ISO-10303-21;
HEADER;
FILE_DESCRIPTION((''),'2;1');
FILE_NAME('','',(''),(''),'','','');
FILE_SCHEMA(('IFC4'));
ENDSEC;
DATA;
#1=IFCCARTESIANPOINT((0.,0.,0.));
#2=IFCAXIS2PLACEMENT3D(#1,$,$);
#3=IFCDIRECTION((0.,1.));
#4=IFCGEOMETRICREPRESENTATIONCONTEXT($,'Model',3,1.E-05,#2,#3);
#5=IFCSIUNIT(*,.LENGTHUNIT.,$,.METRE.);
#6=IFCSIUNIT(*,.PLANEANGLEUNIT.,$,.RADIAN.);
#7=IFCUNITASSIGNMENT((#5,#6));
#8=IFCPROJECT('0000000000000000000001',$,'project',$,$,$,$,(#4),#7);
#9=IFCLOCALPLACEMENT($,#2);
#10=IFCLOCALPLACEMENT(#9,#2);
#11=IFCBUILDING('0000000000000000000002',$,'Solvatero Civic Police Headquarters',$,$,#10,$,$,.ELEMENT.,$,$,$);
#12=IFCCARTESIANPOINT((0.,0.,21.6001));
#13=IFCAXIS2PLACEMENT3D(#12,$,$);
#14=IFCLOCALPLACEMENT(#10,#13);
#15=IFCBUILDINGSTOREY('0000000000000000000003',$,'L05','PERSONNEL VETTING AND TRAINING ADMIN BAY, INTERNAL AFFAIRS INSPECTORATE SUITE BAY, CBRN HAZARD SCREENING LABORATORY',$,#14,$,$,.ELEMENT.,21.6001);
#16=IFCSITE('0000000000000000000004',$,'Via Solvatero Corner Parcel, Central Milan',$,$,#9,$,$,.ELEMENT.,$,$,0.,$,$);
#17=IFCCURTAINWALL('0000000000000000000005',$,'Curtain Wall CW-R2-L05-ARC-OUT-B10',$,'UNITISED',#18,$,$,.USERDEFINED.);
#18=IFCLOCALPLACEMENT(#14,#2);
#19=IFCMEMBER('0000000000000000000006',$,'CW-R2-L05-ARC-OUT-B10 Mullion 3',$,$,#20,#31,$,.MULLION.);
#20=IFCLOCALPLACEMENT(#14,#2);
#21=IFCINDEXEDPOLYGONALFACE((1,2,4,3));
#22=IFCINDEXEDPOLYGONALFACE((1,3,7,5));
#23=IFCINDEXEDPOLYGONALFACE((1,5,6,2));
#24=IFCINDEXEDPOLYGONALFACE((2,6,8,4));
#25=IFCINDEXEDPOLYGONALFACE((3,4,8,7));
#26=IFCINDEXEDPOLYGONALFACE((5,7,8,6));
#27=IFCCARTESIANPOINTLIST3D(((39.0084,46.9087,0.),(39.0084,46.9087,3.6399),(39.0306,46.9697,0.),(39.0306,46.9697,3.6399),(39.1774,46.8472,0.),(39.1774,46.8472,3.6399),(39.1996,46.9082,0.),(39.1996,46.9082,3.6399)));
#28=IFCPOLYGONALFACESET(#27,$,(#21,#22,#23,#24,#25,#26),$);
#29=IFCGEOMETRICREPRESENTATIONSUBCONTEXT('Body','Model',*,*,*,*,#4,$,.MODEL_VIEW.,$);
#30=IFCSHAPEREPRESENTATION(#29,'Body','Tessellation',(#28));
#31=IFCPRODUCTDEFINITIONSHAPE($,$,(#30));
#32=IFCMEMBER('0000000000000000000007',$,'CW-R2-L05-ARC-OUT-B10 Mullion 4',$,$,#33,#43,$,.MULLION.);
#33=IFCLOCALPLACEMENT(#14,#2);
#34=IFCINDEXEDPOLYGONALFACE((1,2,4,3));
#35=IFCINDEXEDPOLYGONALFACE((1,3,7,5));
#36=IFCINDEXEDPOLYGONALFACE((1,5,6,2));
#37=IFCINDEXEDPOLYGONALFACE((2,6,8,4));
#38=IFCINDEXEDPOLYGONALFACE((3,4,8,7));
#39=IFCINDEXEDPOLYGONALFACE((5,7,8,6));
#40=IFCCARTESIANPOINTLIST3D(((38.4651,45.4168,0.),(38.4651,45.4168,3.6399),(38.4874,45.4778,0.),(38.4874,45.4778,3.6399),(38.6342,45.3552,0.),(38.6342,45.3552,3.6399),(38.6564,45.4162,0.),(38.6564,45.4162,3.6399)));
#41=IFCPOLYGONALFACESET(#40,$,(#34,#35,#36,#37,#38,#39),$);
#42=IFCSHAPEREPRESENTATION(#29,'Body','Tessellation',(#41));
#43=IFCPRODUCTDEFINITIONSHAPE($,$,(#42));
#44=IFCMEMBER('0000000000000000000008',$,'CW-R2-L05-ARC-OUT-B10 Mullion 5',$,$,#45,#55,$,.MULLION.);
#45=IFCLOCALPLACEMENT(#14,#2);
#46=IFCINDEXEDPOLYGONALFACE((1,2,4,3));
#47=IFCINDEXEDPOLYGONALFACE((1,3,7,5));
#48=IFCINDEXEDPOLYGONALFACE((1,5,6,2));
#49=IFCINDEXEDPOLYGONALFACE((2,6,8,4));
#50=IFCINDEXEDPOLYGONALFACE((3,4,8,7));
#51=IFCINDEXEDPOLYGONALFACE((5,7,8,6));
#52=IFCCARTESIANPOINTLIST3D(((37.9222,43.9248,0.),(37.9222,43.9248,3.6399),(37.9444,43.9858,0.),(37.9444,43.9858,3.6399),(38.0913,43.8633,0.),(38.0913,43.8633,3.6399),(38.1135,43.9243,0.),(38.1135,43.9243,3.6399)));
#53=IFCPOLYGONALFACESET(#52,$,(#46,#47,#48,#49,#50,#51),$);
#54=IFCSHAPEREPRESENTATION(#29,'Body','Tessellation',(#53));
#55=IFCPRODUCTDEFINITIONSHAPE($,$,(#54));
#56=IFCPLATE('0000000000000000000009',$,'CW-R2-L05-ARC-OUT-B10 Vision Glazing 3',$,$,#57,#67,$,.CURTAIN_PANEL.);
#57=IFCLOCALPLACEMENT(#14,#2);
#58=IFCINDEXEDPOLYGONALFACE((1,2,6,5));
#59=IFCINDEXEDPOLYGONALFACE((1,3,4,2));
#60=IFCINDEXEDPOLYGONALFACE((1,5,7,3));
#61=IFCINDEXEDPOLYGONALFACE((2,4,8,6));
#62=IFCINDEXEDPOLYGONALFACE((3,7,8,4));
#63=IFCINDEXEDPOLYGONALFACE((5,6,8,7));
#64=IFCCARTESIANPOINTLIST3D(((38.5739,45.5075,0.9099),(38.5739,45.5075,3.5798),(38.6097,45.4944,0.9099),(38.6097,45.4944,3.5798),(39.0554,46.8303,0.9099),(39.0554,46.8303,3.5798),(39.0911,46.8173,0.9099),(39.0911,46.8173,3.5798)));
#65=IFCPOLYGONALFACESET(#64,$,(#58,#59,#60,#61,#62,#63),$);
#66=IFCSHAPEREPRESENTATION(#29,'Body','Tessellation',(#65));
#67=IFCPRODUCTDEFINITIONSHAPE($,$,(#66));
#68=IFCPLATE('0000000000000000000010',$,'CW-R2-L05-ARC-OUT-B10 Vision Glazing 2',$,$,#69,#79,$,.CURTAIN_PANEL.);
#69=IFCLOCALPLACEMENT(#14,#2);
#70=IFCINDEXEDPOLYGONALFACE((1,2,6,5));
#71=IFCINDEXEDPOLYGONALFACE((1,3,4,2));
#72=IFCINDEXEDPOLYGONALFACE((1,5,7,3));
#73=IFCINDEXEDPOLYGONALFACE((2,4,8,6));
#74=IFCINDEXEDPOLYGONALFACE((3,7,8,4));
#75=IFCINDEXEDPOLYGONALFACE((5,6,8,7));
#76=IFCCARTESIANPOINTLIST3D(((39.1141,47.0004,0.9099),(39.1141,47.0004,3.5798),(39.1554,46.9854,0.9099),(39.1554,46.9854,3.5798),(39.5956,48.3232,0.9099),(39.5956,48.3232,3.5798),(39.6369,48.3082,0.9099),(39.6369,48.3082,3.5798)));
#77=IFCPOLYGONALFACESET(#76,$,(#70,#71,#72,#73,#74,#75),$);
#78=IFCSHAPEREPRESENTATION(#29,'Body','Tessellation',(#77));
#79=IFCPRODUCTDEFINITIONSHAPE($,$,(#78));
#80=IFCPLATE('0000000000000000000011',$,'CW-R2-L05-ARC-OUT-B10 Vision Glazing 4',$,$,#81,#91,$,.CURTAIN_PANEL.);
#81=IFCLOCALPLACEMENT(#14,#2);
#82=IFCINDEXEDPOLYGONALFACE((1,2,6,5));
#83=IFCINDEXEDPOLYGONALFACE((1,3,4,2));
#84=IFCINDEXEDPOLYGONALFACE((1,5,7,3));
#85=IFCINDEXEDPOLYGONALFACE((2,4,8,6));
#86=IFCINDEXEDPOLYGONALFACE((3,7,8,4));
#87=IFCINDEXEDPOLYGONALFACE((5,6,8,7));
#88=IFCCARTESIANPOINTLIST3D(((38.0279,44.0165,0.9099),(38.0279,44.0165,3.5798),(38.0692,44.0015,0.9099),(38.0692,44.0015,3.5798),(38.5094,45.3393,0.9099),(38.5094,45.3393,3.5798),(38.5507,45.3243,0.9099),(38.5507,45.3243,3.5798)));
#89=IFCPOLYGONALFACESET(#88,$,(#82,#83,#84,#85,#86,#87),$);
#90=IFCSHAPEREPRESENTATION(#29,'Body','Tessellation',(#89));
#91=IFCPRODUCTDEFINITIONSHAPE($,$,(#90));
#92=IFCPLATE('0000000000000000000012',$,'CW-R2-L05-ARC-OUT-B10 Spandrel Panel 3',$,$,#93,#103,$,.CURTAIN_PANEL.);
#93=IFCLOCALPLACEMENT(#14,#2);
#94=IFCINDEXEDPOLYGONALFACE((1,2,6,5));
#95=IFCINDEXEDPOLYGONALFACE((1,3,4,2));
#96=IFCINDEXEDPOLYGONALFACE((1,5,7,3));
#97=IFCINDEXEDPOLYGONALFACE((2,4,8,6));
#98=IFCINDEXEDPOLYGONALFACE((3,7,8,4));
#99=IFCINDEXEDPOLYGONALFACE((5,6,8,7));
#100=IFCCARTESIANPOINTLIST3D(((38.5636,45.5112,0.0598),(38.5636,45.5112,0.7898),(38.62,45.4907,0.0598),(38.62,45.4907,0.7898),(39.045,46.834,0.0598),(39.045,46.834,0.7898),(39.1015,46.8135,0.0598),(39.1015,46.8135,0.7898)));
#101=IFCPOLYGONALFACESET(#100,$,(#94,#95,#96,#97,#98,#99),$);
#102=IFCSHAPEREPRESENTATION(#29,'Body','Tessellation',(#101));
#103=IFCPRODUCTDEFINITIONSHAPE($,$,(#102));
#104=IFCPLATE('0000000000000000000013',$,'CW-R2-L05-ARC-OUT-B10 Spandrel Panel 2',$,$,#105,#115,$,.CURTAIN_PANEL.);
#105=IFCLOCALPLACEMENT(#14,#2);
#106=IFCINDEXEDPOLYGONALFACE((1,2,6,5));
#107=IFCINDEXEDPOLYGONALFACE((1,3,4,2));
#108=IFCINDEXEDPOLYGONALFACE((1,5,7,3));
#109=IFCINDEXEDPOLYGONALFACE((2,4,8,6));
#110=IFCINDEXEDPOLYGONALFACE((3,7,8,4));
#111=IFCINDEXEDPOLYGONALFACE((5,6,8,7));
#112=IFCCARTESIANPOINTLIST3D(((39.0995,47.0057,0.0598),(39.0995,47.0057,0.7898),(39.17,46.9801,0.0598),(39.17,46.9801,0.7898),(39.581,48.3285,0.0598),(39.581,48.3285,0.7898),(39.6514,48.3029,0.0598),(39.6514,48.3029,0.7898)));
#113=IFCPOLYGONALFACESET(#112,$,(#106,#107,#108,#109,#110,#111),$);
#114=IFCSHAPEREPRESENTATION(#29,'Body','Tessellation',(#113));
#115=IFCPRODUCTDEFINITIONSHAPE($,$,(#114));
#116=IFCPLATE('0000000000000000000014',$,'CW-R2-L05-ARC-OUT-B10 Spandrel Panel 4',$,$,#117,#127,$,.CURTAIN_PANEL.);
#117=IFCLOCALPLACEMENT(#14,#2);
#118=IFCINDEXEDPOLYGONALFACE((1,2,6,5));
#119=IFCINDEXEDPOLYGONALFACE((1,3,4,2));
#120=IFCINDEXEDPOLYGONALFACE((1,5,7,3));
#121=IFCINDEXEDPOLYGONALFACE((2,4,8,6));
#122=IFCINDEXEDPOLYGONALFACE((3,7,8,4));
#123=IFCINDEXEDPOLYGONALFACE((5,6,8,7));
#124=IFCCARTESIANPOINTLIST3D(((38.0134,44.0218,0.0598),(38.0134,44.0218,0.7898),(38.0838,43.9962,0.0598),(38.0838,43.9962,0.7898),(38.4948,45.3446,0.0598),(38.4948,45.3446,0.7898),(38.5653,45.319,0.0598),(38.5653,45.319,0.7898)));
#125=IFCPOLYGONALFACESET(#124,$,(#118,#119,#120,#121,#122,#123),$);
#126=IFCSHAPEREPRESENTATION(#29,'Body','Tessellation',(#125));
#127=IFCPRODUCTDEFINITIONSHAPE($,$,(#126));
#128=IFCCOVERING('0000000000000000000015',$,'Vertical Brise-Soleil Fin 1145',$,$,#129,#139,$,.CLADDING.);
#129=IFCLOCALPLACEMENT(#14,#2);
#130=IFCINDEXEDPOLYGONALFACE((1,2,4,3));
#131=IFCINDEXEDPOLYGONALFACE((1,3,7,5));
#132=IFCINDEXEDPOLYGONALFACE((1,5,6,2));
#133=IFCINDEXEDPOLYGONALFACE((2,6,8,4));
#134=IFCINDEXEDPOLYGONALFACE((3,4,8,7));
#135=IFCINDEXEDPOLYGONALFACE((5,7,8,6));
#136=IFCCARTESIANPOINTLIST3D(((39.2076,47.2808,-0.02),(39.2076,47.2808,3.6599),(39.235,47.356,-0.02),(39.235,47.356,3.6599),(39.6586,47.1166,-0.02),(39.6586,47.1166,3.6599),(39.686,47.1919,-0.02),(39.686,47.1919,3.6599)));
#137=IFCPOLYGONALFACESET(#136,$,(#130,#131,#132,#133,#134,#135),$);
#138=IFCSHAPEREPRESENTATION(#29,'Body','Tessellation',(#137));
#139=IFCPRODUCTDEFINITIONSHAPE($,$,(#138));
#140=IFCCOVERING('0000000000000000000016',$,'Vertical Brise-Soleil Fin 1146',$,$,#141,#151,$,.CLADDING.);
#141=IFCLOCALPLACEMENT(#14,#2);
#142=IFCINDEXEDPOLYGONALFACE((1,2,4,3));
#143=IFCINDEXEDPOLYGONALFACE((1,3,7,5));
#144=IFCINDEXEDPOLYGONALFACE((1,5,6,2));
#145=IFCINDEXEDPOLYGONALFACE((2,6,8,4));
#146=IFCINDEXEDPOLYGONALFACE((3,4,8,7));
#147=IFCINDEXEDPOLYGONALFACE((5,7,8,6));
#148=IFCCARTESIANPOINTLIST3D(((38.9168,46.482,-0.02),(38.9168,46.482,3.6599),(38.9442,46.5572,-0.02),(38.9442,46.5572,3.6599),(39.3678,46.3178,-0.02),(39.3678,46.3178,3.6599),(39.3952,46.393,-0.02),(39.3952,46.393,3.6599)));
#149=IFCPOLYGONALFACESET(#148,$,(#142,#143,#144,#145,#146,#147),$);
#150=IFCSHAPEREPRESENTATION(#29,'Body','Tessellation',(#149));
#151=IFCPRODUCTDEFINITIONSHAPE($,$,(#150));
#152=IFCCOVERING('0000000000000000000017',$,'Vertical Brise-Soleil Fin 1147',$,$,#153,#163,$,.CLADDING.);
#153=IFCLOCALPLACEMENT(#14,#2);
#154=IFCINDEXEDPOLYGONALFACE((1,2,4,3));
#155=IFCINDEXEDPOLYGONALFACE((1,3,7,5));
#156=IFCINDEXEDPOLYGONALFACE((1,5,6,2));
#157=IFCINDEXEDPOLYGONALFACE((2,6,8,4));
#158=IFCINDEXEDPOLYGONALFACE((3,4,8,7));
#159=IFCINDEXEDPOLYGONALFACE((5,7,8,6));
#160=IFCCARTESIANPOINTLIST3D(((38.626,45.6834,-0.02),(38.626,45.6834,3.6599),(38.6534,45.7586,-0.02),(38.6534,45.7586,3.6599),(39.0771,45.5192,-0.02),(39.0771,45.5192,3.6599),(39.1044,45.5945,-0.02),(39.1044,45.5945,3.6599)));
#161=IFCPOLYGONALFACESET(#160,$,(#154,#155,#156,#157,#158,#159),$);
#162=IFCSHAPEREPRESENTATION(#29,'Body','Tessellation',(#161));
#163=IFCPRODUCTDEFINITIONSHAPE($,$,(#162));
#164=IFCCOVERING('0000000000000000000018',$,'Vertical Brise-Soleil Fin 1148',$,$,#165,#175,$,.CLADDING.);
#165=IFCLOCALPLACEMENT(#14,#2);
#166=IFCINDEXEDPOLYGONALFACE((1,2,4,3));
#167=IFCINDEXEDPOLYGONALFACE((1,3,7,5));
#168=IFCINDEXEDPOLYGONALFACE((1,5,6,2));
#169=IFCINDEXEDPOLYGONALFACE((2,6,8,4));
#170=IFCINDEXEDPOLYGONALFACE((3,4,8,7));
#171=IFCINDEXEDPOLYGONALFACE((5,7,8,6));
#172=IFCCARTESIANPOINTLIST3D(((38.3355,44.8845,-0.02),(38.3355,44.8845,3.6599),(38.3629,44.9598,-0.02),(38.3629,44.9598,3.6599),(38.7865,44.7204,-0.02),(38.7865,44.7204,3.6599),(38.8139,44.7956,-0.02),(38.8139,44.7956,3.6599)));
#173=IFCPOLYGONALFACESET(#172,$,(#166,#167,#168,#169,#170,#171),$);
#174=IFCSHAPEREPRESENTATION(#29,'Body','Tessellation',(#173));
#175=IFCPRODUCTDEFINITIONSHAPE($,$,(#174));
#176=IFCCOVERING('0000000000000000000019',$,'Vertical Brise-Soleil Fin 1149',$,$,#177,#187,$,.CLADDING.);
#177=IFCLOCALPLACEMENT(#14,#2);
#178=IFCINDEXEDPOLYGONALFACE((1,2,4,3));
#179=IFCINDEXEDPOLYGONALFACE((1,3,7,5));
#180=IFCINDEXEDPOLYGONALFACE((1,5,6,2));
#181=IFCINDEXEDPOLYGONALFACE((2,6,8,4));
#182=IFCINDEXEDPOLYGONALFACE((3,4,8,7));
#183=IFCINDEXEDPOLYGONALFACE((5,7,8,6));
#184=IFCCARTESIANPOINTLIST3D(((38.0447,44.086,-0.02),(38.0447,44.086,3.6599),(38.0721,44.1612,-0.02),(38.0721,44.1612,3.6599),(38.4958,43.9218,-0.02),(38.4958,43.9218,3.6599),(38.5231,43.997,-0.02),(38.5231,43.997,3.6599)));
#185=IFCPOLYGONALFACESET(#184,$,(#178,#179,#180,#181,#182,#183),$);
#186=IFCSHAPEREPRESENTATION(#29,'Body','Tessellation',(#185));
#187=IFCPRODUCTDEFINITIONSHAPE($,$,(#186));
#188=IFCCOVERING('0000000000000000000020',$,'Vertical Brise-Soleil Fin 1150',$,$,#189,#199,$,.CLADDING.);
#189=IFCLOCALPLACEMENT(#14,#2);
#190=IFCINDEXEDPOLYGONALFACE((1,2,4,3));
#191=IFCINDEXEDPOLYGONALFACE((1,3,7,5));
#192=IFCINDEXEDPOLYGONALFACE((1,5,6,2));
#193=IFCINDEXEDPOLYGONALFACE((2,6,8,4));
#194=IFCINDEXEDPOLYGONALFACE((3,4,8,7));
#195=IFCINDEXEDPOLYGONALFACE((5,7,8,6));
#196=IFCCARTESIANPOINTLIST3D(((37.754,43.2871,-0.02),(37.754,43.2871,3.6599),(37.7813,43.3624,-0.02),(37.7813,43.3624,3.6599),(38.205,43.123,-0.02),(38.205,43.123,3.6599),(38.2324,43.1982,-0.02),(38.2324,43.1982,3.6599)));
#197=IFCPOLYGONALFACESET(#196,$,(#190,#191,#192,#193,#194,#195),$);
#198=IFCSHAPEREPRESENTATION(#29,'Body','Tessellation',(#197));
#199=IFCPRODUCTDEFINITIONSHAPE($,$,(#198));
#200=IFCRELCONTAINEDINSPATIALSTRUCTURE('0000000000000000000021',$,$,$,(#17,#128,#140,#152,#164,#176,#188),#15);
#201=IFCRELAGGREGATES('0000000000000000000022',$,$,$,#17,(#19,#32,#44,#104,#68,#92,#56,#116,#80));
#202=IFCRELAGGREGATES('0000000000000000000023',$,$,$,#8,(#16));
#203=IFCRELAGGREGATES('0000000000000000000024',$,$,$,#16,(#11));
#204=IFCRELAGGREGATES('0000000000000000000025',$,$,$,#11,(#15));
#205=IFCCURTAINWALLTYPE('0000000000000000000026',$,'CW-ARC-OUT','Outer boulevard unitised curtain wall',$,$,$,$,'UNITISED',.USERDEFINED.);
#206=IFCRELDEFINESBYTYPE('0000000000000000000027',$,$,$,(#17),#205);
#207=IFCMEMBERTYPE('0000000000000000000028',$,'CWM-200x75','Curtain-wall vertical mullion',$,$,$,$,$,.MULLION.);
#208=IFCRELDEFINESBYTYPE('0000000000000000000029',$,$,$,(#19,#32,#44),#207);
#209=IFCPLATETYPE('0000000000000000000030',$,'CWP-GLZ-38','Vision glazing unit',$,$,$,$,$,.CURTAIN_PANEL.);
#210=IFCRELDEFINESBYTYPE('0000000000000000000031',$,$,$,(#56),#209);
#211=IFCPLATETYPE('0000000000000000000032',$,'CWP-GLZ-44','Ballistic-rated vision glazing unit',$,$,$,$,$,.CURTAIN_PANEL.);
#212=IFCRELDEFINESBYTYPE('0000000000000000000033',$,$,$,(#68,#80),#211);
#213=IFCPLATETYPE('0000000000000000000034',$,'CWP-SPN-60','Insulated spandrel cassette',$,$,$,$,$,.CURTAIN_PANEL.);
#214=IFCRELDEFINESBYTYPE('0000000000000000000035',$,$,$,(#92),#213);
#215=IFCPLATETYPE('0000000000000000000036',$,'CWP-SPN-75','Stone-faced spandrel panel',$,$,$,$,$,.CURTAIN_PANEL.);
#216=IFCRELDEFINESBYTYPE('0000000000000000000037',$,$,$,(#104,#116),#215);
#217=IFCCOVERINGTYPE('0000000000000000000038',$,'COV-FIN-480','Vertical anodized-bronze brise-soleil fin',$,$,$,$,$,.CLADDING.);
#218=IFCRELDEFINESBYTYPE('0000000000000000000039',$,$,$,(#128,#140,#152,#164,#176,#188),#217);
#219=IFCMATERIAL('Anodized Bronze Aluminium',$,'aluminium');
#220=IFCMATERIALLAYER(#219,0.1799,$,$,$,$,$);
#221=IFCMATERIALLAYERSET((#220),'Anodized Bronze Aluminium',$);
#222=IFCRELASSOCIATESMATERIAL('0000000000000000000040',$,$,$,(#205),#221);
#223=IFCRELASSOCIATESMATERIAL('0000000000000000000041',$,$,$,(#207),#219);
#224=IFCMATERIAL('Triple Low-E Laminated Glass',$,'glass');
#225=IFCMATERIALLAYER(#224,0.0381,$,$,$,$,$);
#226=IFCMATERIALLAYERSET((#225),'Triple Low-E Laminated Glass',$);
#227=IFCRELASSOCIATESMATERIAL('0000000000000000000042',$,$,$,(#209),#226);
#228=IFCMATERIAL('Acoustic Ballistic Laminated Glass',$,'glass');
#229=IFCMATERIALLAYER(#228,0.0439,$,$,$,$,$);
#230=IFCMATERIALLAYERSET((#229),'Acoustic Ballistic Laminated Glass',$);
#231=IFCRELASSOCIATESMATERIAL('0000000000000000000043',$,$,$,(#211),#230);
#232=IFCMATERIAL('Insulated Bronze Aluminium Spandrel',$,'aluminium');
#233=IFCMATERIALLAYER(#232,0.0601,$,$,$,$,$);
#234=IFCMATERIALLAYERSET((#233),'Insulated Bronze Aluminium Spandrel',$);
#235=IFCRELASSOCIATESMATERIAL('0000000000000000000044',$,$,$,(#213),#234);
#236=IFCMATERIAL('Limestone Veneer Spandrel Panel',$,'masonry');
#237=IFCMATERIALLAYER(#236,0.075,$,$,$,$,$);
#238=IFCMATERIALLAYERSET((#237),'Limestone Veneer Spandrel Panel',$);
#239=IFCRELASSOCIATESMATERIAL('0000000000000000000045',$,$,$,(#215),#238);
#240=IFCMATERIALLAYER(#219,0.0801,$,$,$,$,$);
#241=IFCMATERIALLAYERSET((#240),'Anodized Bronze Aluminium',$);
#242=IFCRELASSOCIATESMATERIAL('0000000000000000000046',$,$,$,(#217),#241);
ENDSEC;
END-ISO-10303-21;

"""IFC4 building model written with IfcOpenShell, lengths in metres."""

from ifc_helpers import new_model, si_unit, direction, frame, origin, origin_2d, place, context, subcontext, project, spatial, rectangle, extrude, material, layer, layer_set, material_profile, profile_set, type_object, element, aggregate, save


model = new_model("IFC4")

# Units and contexts
model_context = context("Model", 3, precision=1e-05, world=origin(), true_north=direction((0.0, 1.0)))
body_context = subcontext(model_context, "Body", "Model", "MODEL_VIEW")
ifc_project = project(units=[si_unit("LENGTHUNIT", "METRE"), si_unit("PLANEANGLEUNIT", "RADIAN")], contexts=[model_context])

# Site, building, storey
site_placement = place(None, origin())
site = spatial("IfcSite", under=ifc_project, at=site_placement, Name="Via Solvatero Corner Parcel, Central Milan", CompositionType="ELEMENT", RefElevation=0.0)
building_placement = place(site_placement, origin())
building = spatial("IfcBuilding", under=site, at=building_placement, Name="Solvatero Civic Police Headquarters", CompositionType="ELEMENT")
storey_placement = place(building_placement, frame((0.0, 0.0, 21.6001)))
storey = spatial("IfcBuildingStorey", under=building, at=storey_placement, Name="L05", Description="PERSONNEL VETTING AND TRAINING ADMIN BAY, INTERNAL AFFAIRS INSPECTORATE SUITE BAY, CBRN HAZARD SCREENING LABORATORY", CompositionType="ELEMENT", Elevation=21.6001)

# Curtain wall, members, plates
ifc_material_1 = material(Name="Anodized Bronze Aluminium", Category="aluminium")
ifc_layer_1 = layer(ifc_material_1, 0.1799)
ifc_layer_set_1 = layer_set([ifc_layer_1], Name="Anodized Bronze Aluminium")
curtain_wall_type = type_object("IfcCurtainWallType", Name="CW-ARC-OUT", Description="Outer boulevard unitised curtain wall", ElementType="UNITISED", PredefinedType="USERDEFINED", material=ifc_layer_set_1)
curtain_wall_placement = place(storey_placement, origin())
curtain_wall = element("IfcCurtainWall", 1, at=curtain_wall_placement, inside=storey, type_object=curtain_wall_type, Name="Curtain Wall CW-R2-L05-ARC-OUT-B10", ObjectType="UNITISED", PredefinedType="USERDEFINED")
ifc_material_profile = material_profile(ifc_material_1, rectangle(XDim=0.0649, YDim=0.1799, at=origin_2d()), Name="ALU MULLION 65x180")
ifc_profile_set = profile_set([ifc_material_profile], Name="Anodized Bronze Aluminium")
member_type = type_object("IfcMemberType", Name="CWM-200x75", Description="Curtain-wall vertical mullion", PredefinedType="MULLION", material=ifc_profile_set)
member_1_placement = place(storey_placement, frame((39.104, 46.9084, 0.0), z_axis=(0.0, 0.0, 1.0), x_axis=(-0.34202, -0.939693, 0.0)))
member_1 = element("IfcMember", 2, at=member_1_placement, type_object=member_type, Name="CW-R2-L05-ARC-OUT-B10 Mullion 3", PredefinedType="MULLION", context=body_context, shape_type="SweptSolid", body=[
    extrude(rectangle(XDim=0.0649, YDim=0.1799, at=origin_2d()), origin(), (0.0, 0.0, 1.0), 3.6399),
])
member_2_placement = place(storey_placement, frame((38.5608, 45.4165, 0.0), z_axis=(0.0, 0.0, 1.0), x_axis=(-0.34202, -0.939693, 0.0)))
member_2 = element("IfcMember", 3, at=member_2_placement, type_object=member_type, Name="CW-R2-L05-ARC-OUT-B10 Mullion 4", PredefinedType="MULLION", context=body_context, shape_type="SweptSolid", body=[
    extrude(rectangle(XDim=0.0649, YDim=0.1799, at=origin_2d()), origin(), (0.0, 0.0, 1.0), 3.6399),
])
member_3_placement = place(storey_placement, frame((38.0178, 43.9246, 0.0), z_axis=(0.0, 0.0, 1.0), x_axis=(-0.34202, -0.939693, 0.0)))
member_3 = element("IfcMember", 4, at=member_3_placement, type_object=member_type, Name="CW-R2-L05-ARC-OUT-B10 Mullion 5", PredefinedType="MULLION", context=body_context, shape_type="SweptSolid", body=[
    extrude(rectangle(XDim=0.0649, YDim=0.1799, at=origin_2d()), origin(), (0.0, 0.0, 1.0), 3.6399),
])
ifc_material_2 = material(Name="Triple Low-E Laminated Glass", Category="glass")
ifc_layer_2 = layer(ifc_material_2, 0.0381)
ifc_layer_set_2 = layer_set([ifc_layer_2], Name="Triple Low-E Laminated Glass")
plate_type_1 = type_object("IfcPlateType", Name="CWP-GLZ-38", Description="Vision glazing unit", PredefinedType="CURTAIN_PANEL", material=ifc_layer_set_2)
plate_1_placement = place(storey_placement, frame((38.8325, 46.1624, 0.9099), z_axis=(0.0, 0.0, 1.0), x_axis=(-0.34202, -0.939693, 0.0)))
plate_1 = element("IfcPlate", 5, at=plate_1_placement, type_object=plate_type_1, Name="CW-R2-L05-ARC-OUT-B10 Vision Glazing 3", PredefinedType="CURTAIN_PANEL", context=body_context, shape_type="SweptSolid", body=[
    extrude(rectangle(XDim=1.4077, YDim=0.0381, at=origin_2d()), origin(), (0.0, 0.0, 1.0), 2.6699),
])
ifc_material_3 = material(Name="Acoustic Ballistic Laminated Glass", Category="glass")
ifc_layer_3 = layer(ifc_material_3, 0.0439)
ifc_layer_set_3 = layer_set([ifc_layer_3], Name="Acoustic Ballistic Laminated Glass")
plate_type_2 = type_object("IfcPlateType", Name="CWP-GLZ-44", Description="Ballistic-rated vision glazing unit", PredefinedType="CURTAIN_PANEL", material=ifc_layer_set_3)
plate_2_placement = place(storey_placement, frame((39.3755, 47.6543, 0.9099), z_axis=(0.0, 0.0, 1.0), x_axis=(-0.34202, -0.939693, 0.0)))
plate_2 = element("IfcPlate", 6, at=plate_2_placement, type_object=plate_type_2, Name="CW-R2-L05-ARC-OUT-B10 Vision Glazing 2", PredefinedType="CURTAIN_PANEL", context=body_context, shape_type="SweptSolid", body=[
    extrude(rectangle(XDim=1.4077, YDim=0.0439, at=origin_2d()), origin(), (0.0, 0.0, 1.0), 2.6699),
])
plate_3_placement = place(storey_placement, frame((38.2893, 44.6704, 0.9099), z_axis=(0.0, 0.0, 1.0), x_axis=(-0.34202, -0.939693, 0.0)))
plate_3 = element("IfcPlate", 7, at=plate_3_placement, type_object=plate_type_2, Name="CW-R2-L05-ARC-OUT-B10 Vision Glazing 4", PredefinedType="CURTAIN_PANEL", context=body_context, shape_type="SweptSolid", body=[
    extrude(rectangle(XDim=1.4077, YDim=0.0439, at=origin_2d()), origin(), (0.0, 0.0, 1.0), 2.6699),
])
ifc_material_4 = material(Name="Insulated Bronze Aluminium Spandrel", Category="aluminium")
ifc_layer_4 = layer(ifc_material_4, 0.0601)
ifc_layer_set_4 = layer_set([ifc_layer_4], Name="Insulated Bronze Aluminium Spandrel")
plate_type_3 = type_object("IfcPlateType", Name="CWP-SPN-60", Description="Insulated spandrel cassette", PredefinedType="CURTAIN_PANEL", material=ifc_layer_set_4)
plate_4_placement = place(storey_placement, frame((38.8325, 46.1624, 0.0598), z_axis=(0.0, 0.0, 1.0), x_axis=(-0.34202, -0.939693, 0.0)))
plate_4 = element("IfcPlate", 8, at=plate_4_placement, type_object=plate_type_3, Name="CW-R2-L05-ARC-OUT-B10 Spandrel Panel 3", PredefinedType="CURTAIN_PANEL", context=body_context, shape_type="SweptSolid", body=[
    extrude(rectangle(XDim=1.4077, YDim=0.0601, at=origin_2d()), origin(), (0.0, 0.0, 1.0), 0.73),
])
ifc_material_5 = material(Name="Limestone Veneer Spandrel Panel", Category="masonry")
ifc_layer_5 = layer(ifc_material_5, 0.075)
ifc_layer_set_5 = layer_set([ifc_layer_5], Name="Limestone Veneer Spandrel Panel")
plate_type_4 = type_object("IfcPlateType", Name="CWP-SPN-75", Description="Stone-faced spandrel panel", PredefinedType="CURTAIN_PANEL", material=ifc_layer_set_5)
plate_5_placement = place(storey_placement, frame((39.3755, 47.6543, 0.0598), z_axis=(0.0, 0.0, 1.0), x_axis=(-0.34202, -0.939693, 0.0)))
plate_5 = element("IfcPlate", 9, at=plate_5_placement, type_object=plate_type_4, Name="CW-R2-L05-ARC-OUT-B10 Spandrel Panel 2", PredefinedType="CURTAIN_PANEL", context=body_context, shape_type="SweptSolid", body=[
    extrude(rectangle(XDim=1.4077, YDim=0.075, at=origin_2d()), origin(), (0.0, 0.0, 1.0), 0.73),
])
plate_6_placement = place(storey_placement, frame((38.2893, 44.6704, 0.0598), z_axis=(0.0, 0.0, 1.0), x_axis=(-0.34202, -0.939693, 0.0)))
plate_6 = element("IfcPlate", 10, at=plate_6_placement, type_object=plate_type_4, Name="CW-R2-L05-ARC-OUT-B10 Spandrel Panel 4", PredefinedType="CURTAIN_PANEL", context=body_context, shape_type="SweptSolid", body=[
    extrude(rectangle(XDim=1.4077, YDim=0.075, at=origin_2d()), origin(), (0.0, 0.0, 1.0), 0.73),
])
aggregate(curtain_wall, [member_1, member_2, member_3, plate_5, plate_2, plate_4, plate_1, plate_6, plate_3])

# Coverings
ifc_layer_6 = layer(ifc_material_1, 0.0801)
ifc_layer_set_6 = layer_set([ifc_layer_6], Name="Anodized Bronze Aluminium")
covering_type = type_object("IfcCoveringType", Name="COV-FIN-480", Description="Vertical anodized-bronze brise-soleil fin", PredefinedType="CLADDING", material=ifc_layer_set_6)
for number, where, z_axis, x_axis, name in (
    (11, (39.4468, 47.2363, -0.02), (0.0, 0.0, 1.0), (-0.34202, -0.939693, 0.0), "Vertical Brise-Soleil Fin 1145"),
    (12, (39.156, 46.4375, -0.02), (0.0, 0.0, 1.0), (-0.34202, -0.939693, 0.0), "Vertical Brise-Soleil Fin 1146"),
    (13, (38.8652, 45.6389, -0.02), (0.0, 0.0, 1.0), (-0.34202, -0.939693, 0.0), "Vertical Brise-Soleil Fin 1147"),
    (14, (38.5747, 44.8401, -0.02), (0.0, 0.0, 1.0), (-0.34202, -0.939693, 0.0), "Vertical Brise-Soleil Fin 1148"),
    (15, (38.2839, 44.0415, -0.02), (0.0, 0.0, 1.0), (-0.34202, -0.939693, 0.0), "Vertical Brise-Soleil Fin 1149"),
    (16, (37.9932, 43.2427, -0.02), (0.0, 0.0, 1.0), (-0.34202, -0.939693, 0.0), "Vertical Brise-Soleil Fin 1150"),
):
    element("IfcCovering", number, at=place(storey_placement, frame(where, z_axis=z_axis, x_axis=x_axis)), inside=storey, type_object=covering_type, Name=name, PredefinedType="CLADDING", context=body_context, shape_type="SweptSolid", body=[
        extrude(rectangle(XDim=0.0801, YDim=0.48, at=origin_2d()), origin(), (0.0, 0.0, 1.0), 3.6799),
    ])

save(model, "model.ifc")
